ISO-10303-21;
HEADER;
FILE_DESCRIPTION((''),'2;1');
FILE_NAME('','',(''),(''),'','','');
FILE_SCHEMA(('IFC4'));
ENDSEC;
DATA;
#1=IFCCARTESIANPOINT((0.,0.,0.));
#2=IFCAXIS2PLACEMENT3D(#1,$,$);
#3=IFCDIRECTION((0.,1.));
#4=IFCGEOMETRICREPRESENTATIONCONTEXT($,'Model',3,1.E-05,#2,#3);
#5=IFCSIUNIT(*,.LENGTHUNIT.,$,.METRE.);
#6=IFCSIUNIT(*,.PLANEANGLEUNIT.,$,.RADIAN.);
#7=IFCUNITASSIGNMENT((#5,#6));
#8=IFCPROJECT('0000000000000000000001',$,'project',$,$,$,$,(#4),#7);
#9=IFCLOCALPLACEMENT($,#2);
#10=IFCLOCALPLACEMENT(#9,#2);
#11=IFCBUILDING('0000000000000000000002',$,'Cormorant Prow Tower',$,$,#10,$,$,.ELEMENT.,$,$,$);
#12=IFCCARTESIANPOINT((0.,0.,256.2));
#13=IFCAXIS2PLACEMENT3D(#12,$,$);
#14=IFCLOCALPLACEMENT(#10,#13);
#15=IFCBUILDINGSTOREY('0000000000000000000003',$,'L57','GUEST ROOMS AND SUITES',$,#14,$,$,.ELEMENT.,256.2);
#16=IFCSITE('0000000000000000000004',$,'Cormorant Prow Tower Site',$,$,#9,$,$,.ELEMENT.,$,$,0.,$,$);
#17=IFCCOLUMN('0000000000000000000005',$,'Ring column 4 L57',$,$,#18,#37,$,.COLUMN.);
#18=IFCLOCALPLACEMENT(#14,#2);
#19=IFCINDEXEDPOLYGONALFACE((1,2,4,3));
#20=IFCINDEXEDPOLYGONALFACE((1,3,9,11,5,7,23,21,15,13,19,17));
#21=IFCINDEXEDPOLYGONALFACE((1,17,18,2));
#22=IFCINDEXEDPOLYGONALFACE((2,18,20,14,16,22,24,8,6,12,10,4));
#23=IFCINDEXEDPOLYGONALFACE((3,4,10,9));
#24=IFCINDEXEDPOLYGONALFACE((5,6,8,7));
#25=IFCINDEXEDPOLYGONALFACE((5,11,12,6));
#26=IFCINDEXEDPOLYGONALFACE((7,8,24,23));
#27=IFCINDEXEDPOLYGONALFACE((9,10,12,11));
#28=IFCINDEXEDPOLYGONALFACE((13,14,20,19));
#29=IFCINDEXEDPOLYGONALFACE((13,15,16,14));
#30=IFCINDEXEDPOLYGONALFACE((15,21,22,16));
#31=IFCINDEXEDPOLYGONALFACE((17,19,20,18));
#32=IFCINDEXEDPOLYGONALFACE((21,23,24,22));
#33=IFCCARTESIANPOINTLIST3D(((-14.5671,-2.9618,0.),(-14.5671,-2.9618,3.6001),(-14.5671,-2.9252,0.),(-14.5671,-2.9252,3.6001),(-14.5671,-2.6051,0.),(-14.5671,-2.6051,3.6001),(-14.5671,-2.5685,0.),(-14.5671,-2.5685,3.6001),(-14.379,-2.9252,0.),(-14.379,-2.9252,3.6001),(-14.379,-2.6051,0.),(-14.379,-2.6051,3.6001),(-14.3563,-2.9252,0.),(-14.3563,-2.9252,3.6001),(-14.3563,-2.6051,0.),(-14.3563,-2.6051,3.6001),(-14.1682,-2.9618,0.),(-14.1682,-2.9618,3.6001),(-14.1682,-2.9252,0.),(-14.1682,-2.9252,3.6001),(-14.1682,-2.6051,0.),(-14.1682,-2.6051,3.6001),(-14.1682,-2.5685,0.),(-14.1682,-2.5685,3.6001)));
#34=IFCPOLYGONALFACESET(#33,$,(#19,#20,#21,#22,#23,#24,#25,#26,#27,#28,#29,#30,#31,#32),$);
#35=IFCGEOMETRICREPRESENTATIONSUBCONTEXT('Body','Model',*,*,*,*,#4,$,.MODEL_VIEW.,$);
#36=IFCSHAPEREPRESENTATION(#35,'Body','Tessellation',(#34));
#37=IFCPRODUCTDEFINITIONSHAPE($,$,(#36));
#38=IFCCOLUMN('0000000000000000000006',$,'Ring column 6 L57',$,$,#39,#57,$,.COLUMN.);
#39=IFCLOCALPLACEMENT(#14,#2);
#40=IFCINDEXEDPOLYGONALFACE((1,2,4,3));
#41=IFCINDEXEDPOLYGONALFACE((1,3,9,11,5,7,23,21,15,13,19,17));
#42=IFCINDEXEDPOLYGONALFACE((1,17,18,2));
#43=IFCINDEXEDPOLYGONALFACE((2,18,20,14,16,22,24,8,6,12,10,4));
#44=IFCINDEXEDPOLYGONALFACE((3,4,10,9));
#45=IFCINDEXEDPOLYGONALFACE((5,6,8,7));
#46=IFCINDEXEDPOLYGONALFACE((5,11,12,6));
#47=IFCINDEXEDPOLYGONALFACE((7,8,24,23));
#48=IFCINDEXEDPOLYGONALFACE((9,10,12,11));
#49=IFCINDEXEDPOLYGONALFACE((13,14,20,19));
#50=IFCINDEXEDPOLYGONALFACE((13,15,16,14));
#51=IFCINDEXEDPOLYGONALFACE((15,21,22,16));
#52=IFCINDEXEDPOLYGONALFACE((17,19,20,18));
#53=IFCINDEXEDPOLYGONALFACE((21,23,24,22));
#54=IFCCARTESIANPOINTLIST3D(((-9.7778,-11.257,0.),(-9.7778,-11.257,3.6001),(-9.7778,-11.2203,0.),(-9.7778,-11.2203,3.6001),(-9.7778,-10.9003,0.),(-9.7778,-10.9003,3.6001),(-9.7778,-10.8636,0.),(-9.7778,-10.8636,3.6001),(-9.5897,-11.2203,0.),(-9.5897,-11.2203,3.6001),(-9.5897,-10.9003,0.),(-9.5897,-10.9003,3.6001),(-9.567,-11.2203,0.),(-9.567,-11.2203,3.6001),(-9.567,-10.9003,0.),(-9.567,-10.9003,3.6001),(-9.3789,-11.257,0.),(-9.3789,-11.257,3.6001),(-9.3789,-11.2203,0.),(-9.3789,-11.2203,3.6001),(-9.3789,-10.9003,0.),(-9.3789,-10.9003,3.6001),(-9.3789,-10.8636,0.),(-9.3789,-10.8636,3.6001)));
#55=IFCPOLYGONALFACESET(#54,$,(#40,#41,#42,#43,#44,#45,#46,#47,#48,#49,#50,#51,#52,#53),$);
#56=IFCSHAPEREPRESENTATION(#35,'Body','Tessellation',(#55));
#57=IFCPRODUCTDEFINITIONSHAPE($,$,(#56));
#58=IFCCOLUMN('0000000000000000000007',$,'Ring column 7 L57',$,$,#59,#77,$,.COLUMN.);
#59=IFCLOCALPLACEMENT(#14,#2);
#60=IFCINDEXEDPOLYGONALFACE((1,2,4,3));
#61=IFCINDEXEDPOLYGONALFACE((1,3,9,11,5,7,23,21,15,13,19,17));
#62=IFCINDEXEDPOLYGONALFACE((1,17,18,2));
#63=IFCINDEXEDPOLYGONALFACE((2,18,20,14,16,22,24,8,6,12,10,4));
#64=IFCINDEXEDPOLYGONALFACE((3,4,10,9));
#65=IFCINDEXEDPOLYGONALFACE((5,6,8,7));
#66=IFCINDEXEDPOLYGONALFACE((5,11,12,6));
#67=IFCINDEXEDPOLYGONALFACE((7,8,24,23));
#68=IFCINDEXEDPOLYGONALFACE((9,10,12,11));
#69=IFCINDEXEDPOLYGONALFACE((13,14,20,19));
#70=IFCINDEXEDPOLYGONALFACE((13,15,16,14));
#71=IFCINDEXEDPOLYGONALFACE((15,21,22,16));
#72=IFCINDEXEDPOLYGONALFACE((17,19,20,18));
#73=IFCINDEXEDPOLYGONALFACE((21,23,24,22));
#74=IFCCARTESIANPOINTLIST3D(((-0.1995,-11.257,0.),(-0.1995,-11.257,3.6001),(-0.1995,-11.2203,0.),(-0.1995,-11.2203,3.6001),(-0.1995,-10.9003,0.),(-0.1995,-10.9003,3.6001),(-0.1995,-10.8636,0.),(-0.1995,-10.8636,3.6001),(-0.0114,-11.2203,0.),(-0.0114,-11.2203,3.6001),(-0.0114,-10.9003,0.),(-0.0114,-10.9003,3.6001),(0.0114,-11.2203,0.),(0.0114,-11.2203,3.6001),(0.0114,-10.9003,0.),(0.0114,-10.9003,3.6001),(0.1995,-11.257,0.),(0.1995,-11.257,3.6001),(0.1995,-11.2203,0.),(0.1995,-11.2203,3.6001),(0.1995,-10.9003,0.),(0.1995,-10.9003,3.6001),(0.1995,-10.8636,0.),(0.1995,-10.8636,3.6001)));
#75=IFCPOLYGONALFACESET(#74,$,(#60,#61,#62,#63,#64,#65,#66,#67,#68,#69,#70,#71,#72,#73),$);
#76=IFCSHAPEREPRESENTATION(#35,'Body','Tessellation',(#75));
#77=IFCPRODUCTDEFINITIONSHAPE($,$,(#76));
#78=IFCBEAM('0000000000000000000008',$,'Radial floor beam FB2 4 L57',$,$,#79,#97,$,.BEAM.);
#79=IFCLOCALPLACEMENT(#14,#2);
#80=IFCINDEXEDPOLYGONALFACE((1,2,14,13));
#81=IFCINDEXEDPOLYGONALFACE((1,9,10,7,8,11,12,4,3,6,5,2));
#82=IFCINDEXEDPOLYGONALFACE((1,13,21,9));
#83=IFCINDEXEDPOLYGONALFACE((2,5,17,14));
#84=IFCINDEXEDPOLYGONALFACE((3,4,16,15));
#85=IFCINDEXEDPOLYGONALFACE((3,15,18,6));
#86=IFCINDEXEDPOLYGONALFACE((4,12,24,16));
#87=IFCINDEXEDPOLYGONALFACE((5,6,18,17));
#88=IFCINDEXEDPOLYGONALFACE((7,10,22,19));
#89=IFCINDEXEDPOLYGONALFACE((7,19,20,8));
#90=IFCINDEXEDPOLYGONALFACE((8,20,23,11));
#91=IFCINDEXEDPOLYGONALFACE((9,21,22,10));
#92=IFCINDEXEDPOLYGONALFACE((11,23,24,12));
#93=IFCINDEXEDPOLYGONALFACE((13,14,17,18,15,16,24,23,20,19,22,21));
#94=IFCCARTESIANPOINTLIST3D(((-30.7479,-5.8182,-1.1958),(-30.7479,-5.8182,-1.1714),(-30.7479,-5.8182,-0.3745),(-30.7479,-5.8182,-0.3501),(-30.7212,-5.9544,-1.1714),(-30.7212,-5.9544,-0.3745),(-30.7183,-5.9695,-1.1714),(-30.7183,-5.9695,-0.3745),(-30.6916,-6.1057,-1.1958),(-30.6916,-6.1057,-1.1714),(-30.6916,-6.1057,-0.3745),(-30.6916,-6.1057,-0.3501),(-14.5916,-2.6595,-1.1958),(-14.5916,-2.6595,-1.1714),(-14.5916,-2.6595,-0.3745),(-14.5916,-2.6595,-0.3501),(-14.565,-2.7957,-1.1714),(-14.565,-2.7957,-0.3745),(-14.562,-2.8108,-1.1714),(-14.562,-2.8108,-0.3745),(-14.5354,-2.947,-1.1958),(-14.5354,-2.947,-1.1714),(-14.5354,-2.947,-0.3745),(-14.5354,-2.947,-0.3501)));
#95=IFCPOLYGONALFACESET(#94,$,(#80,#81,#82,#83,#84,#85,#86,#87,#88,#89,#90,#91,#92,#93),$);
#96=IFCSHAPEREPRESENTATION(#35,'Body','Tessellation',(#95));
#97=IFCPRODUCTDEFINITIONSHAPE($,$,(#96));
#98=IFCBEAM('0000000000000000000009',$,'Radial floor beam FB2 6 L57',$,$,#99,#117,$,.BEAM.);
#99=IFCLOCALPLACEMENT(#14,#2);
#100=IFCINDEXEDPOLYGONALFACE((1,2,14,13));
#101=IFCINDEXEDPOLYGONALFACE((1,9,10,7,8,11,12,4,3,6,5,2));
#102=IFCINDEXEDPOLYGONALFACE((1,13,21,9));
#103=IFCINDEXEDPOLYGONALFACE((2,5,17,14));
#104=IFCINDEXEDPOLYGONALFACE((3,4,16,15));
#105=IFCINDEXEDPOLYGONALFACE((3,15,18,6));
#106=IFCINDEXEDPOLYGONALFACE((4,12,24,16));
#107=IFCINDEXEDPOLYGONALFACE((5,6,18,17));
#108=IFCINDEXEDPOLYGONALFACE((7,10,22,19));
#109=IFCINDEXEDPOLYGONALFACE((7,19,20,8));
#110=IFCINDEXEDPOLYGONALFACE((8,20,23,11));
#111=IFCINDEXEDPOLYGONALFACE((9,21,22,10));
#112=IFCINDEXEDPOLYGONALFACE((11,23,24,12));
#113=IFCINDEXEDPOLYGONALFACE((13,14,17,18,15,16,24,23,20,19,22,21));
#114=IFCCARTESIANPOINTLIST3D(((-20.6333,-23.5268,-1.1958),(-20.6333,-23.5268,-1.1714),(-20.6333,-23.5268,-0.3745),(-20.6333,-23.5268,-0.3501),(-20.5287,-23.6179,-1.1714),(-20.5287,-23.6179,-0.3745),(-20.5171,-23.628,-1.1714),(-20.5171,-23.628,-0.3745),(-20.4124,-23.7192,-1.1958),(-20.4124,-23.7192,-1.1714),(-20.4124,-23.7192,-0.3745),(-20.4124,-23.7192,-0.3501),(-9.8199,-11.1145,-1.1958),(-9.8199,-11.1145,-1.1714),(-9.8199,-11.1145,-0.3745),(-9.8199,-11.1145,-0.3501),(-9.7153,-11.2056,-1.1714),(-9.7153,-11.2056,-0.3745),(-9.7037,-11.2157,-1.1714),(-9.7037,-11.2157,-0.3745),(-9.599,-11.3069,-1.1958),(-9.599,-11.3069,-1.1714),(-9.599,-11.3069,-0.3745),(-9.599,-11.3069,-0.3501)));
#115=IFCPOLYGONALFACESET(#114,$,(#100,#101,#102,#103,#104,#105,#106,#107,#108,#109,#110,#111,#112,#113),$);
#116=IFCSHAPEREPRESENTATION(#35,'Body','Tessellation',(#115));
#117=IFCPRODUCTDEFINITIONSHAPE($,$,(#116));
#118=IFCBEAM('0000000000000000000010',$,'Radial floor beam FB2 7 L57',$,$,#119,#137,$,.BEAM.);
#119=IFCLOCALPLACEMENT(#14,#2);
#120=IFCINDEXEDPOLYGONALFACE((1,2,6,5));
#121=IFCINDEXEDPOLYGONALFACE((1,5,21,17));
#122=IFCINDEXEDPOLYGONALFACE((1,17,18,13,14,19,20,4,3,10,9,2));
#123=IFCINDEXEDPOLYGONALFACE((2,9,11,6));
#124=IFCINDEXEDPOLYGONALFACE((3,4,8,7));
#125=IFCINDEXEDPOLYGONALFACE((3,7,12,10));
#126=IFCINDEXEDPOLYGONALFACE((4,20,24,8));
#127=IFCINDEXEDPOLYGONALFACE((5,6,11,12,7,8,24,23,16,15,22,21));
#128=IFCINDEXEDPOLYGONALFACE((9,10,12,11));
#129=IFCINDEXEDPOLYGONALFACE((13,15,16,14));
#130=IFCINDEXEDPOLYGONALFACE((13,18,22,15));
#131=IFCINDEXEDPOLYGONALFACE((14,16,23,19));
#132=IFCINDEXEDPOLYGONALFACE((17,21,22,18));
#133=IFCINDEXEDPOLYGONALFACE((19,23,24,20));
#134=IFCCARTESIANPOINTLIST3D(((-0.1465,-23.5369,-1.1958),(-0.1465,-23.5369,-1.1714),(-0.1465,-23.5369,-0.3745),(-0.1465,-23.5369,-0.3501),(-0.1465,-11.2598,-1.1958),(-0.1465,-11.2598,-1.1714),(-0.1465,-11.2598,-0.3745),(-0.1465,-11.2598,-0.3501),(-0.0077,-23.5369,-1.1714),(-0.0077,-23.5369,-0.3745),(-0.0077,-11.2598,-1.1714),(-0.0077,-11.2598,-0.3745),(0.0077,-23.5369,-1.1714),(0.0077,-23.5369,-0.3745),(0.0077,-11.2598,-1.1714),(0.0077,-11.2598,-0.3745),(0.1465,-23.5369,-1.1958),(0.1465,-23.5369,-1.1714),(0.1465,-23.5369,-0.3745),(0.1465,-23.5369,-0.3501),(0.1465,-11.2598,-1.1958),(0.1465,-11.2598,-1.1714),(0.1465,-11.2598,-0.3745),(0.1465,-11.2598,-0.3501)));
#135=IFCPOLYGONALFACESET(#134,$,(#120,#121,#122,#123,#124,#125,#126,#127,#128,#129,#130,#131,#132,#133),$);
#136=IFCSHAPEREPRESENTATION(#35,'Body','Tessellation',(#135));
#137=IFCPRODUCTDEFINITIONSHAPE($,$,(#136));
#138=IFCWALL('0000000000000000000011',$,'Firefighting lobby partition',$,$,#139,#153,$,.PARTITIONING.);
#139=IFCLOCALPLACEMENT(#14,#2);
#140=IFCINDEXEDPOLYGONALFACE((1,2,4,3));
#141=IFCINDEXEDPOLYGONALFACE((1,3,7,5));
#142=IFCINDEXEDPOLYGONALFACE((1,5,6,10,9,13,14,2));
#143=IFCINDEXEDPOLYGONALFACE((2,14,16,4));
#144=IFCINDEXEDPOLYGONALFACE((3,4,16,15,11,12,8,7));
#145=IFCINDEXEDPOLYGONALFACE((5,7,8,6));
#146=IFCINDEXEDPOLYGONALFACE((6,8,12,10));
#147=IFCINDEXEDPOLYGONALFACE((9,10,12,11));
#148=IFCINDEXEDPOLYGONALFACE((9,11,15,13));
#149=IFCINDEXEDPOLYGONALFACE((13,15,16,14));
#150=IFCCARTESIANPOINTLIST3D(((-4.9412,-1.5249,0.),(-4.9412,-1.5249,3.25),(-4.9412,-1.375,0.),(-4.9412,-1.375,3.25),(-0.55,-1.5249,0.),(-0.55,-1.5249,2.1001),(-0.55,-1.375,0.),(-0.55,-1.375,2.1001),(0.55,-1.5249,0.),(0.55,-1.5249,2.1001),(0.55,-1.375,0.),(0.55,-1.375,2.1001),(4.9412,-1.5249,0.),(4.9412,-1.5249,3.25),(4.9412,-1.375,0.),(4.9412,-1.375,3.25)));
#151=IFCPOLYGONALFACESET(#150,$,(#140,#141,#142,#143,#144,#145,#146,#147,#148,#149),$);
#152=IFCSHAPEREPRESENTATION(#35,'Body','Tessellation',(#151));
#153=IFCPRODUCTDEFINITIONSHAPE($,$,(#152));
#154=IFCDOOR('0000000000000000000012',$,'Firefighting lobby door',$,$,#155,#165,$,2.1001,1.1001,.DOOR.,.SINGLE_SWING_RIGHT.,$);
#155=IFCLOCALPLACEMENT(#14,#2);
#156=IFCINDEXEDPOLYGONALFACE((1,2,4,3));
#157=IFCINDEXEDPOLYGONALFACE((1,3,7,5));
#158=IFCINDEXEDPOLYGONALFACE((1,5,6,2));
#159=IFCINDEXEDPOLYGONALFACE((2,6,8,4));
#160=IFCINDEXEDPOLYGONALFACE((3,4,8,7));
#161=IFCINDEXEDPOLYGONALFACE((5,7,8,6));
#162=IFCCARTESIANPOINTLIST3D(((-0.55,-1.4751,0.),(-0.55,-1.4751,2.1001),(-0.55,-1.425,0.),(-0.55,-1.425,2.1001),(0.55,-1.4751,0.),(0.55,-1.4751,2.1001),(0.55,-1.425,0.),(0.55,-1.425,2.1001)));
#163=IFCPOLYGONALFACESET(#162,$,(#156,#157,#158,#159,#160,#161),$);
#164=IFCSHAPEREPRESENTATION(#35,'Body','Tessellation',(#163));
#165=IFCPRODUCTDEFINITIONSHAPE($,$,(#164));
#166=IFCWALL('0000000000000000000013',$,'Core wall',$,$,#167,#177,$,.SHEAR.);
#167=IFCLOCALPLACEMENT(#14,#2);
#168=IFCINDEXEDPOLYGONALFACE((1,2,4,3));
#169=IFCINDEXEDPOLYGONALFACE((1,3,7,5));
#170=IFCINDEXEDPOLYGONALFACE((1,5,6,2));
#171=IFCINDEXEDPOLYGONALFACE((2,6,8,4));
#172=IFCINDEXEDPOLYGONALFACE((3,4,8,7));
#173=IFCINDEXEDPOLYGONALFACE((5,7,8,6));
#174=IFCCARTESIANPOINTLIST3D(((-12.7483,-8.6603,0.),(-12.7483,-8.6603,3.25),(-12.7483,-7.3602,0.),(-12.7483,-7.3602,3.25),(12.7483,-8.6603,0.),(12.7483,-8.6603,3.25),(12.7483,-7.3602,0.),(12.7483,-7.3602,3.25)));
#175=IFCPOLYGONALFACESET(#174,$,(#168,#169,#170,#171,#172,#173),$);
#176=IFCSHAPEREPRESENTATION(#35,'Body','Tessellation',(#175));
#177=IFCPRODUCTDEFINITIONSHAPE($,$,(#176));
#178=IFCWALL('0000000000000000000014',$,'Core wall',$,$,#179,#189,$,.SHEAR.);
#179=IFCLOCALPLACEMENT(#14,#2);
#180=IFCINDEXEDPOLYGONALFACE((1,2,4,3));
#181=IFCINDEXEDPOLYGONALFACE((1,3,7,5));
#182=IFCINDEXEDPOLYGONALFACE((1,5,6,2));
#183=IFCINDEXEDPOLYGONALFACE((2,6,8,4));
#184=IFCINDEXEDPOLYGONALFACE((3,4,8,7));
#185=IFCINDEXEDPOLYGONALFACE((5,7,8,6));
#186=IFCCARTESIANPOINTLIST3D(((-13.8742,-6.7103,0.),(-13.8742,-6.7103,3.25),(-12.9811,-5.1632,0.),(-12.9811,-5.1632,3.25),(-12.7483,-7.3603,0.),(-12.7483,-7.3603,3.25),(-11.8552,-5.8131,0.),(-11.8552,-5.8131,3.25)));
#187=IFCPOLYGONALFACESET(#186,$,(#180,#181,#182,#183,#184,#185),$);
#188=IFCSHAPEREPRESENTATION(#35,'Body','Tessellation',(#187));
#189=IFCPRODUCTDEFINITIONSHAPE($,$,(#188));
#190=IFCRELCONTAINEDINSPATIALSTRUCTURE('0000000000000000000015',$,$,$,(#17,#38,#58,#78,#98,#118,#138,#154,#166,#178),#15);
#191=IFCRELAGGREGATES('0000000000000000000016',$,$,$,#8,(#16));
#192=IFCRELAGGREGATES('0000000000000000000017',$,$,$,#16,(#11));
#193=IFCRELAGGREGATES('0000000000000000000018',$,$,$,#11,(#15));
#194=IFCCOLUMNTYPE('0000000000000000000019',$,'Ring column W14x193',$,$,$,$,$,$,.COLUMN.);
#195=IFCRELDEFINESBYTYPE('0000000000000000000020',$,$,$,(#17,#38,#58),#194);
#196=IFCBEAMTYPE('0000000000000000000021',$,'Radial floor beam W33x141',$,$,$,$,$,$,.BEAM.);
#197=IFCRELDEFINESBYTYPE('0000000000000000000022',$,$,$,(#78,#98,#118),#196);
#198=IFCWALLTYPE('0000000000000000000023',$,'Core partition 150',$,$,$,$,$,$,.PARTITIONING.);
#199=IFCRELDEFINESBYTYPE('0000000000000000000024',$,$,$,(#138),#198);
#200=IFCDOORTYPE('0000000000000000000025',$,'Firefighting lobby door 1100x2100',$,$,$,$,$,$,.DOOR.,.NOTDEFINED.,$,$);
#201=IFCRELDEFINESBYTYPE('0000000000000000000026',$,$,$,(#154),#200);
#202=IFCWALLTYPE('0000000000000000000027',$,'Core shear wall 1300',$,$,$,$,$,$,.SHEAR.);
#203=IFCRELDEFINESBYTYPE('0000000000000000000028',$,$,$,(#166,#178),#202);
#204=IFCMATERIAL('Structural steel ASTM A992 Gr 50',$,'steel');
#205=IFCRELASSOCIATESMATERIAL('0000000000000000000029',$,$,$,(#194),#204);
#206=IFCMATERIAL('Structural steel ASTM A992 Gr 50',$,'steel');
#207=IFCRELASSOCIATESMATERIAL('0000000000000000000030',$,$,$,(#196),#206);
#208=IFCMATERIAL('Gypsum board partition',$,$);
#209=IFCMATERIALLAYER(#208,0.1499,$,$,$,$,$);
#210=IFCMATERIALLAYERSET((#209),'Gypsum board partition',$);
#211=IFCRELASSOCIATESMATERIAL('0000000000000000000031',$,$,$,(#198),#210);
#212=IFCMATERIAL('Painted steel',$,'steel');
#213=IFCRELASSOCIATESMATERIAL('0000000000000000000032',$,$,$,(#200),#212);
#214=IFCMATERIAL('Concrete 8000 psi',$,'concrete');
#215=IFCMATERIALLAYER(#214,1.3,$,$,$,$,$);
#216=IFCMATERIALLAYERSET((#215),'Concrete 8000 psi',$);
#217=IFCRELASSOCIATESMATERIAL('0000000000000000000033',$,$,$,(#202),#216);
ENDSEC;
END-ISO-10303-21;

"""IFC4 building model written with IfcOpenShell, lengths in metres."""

from ifc_helpers import new_model, si_unit, direction, frame, frame_2d, origin, origin_2d, place, context, subcontext, project, spatial, rectangle, i_section, extrude, material, layer, layer_set, material_profile, profile_set, type_object, element, fill, save


model = new_model("IFC4")

# Units and contexts
model_context = context("Model", 3, precision=1e-05, world=origin(), true_north=direction((0.0, 1.0)))
body_context = subcontext(model_context, "Body", "Model", "MODEL_VIEW")
ifc_project = project(units=[si_unit("LENGTHUNIT", "METRE"), si_unit("PLANEANGLEUNIT", "RADIAN")], contexts=[model_context])

# Site, building, storey
site_placement = place(None, origin())
site = spatial("IfcSite", under=ifc_project, at=site_placement, Name="Cormorant Prow Tower Site", CompositionType="ELEMENT", RefElevation=0.0)
building_placement = place(site_placement, origin())
building = spatial("IfcBuilding", under=site, at=building_placement, Name="Cormorant Prow Tower", CompositionType="ELEMENT")
storey_placement = place(building_placement, frame((0.0, 0.0, 256.2)))
storey = spatial("IfcBuildingStorey", under=building, at=storey_placement, Name="L57", Description="GUEST ROOMS AND SUITES", CompositionType="ELEMENT", Elevation=256.2)

# Columns
ifc_material_1 = material(Name="Structural steel ASTM A992 Gr 50", Category="steel")
ifc_material_profile_1 = material_profile(ifc_material_1, i_section(OverallWidth=0.3989, OverallDepth=0.3933, WebThickness=0.0227, FlangeThickness=0.0366, at=origin_2d()), Name="W14x193")
ifc_profile_set_1 = profile_set([ifc_material_profile_1], Name="Structural steel ASTM A992 Gr 50")
column_type = type_object("IfcColumnType", Name="Ring column W14x193", PredefinedType="COLUMN", material=ifc_profile_set_1)
for number, where, z_axis, x_axis, name in (
    (1, (-14.3677, -2.7651, 0.0), (0.0, 0.0, 1.0), (1.0, 0.0, 0.0), "Ring column 4 L57"),
    (2, (-9.5784, -11.0603, 0.0), (0.0, 0.0, 1.0), (1.0, 0.0, 0.0), "Ring column 6 L57"),
    (3, (0.0, -11.0603, 0.0), (0.0, 0.0, 1.0), (1.0, 0.0, 0.0), "Ring column 7 L57"),
):
    element("IfcColumn", number, at=place(storey_placement, frame(where, z_axis=z_axis, x_axis=x_axis)), inside=storey, type_object=column_type, Name=name, PredefinedType="COLUMN", context=body_context, shape_type="SweptSolid", body=[
        extrude(i_section(OverallWidth=0.3989, OverallDepth=0.3933, WebThickness=0.0227, FlangeThickness=0.0366, at=origin_2d()), origin(), (0.0, 0.0, 1.0), 3.6001),
    ])

# Beams
ifc_material_2 = material(Name="Structural steel ASTM A992 Gr 50", Category="steel")
ifc_material_profile_2 = material_profile(ifc_material_2, i_section(OverallWidth=0.293, OverallDepth=0.8457, WebThickness=0.0154, FlangeThickness=0.0244, at=origin_2d()), Name="W33x141")
ifc_profile_set_2 = profile_set([ifc_material_profile_2], Name="Structural steel ASTM A992 Gr 50")
beam_type = type_object("IfcBeamType", Name="Radial floor beam W33x141", PredefinedType="BEAM", material=ifc_profile_set_2)
beam_1_placement = place(storey_placement, frame((-14.5635, -2.8032, -0.7729), z_axis=(-0.981419, -0.191876, 0.0), x_axis=(0.191876, -0.981419, 0.0)))
element("IfcBeam", 4, at=beam_1_placement, inside=storey, type_object=beam_type, Name="Radial floor beam FB2 4 L57", PredefinedType="BEAM", context=body_context, shape_type="SweptSolid", body=[
    extrude(i_section(OverallWidth=0.293, OverallDepth=0.8457, WebThickness=0.0154, FlangeThickness=0.0244, at=origin_2d()), origin(), (0.0, 0.0, 1.0), 16.4622),
])
beam_2_placement = place(storey_placement, frame((-9.7095, -11.2107, -0.7729), z_axis=(-0.656875, -0.754, 0.0), x_axis=(0.754, -0.656875, 0.0)))
element("IfcBeam", 5, at=beam_2_placement, inside=storey, type_object=beam_type, Name="Radial floor beam FB2 6 L57", PredefinedType="BEAM", context=body_context, shape_type="SweptSolid", body=[
    extrude(i_section(OverallWidth=0.293, OverallDepth=0.8457, WebThickness=0.0154, FlangeThickness=0.0244, at=origin_2d()), origin(), (0.0, 0.0, 1.0), 16.4619),
])
beam_3_placement = place(storey_placement, frame((0.0, -11.2598, -0.7729), z_axis=(0.0, -1.0, 0.0), x_axis=(1.0, 0.0, 0.0)))
element("IfcBeam", 6, at=beam_3_placement, inside=storey, type_object=beam_type, Name="Radial floor beam FB2 7 L57", PredefinedType="BEAM", context=body_context, shape_type="SweptSolid", body=[
    extrude(i_section(OverallWidth=0.293, OverallDepth=0.8457, WebThickness=0.0154, FlangeThickness=0.0244, at=origin_2d()), origin(), (0.0, 0.0, 1.0), 12.2771),
])

# Wall, opening, door
ifc_material_3 = material(Name="Gypsum board partition")
ifc_layer_1 = layer(ifc_material_3, 0.1499)
ifc_layer_set_1 = layer_set([ifc_layer_1], Name="Gypsum board partition")
wall_type_1 = type_object("IfcWallType", Name="Core partition 150", PredefinedType="PARTITIONING", material=ifc_layer_set_1)
wall_1_placement = place(storey_placement, frame((-4.9412, -1.45, 0.0), z_axis=(0.0, 0.0, 1.0), x_axis=(1.0, 0.0, 0.0)))
wall_1 = element("IfcWall", 7, at=wall_1_placement, inside=storey, type_object=wall_type_1, Name="Firefighting lobby partition", PredefinedType="PARTITIONING", context=body_context, shape_type="SweptSolid", body=[
    extrude(rectangle(XDim=9.8823, YDim=0.1499, at=frame_2d((4.9412, 0.0))), origin(), (0.0, 0.0, 1.0), 3.25),
])
opening_1_placement = place(wall_1_placement, frame((4.3911, 0.0, 0.0)))
opening_1 = element("IfcOpeningElement", 8, at=opening_1_placement, cuts=wall_1, PredefinedType="OPENING", context=body_context, shape_type="SweptSolid", body=[
    extrude(rectangle(XDim=1.1001, YDim=2.1001, at=frame_2d((0.55, 1.05))), frame((0.0, 0.085, 0.0), z_axis=(0.0, -1.0, 0.0), x_axis=(1.0, 0.0, 0.0)), (0.0, 0.0, 1.0), 0.1699),
])
ifc_material_4 = material(Name="Painted steel", Category="steel")
door_type_1 = type_object("IfcDoorType", Name="Firefighting lobby door 1100x2100", OperationType="NOTDEFINED", PredefinedType="DOOR", material=ifc_material_4)
door_1_placement = place(opening_1_placement, origin())
door_1 = element("IfcDoor", 9, at=door_1_placement, inside=storey, type_object=door_type_1, Name="Firefighting lobby door", OperationType="SINGLE_SWING_RIGHT", OverallHeight=2.1001, OverallWidth=1.1001, PredefinedType="DOOR", context=body_context, shape_type="SweptSolid", body=[
    extrude(rectangle(XDim=1.1001, YDim=2.1001, at=frame_2d((0.55, 1.05))), frame((0.0, 0.0249, 0.0), z_axis=(0.0, -1.0, 0.0), x_axis=(1.0, 0.0, 0.0)), (0.0, 0.0, 1.0), 0.05),
])
fill(opening_1, door_1)

# Walls
ifc_material_5 = material(Name="Concrete 8000 psi", Category="concrete")
ifc_layer_2 = layer(ifc_material_5, 1.3)
ifc_layer_set_2 = layer_set([ifc_layer_2], Name="Concrete 8000 psi")
wall_type_2 = type_object("IfcWallType", Name="Core shear wall 1300", PredefinedType="SHEAR", material=ifc_layer_set_2)
wall_2_placement = place(storey_placement, frame((-12.7483, -8.0103, 0.0), z_axis=(0.0, 0.0, 1.0), x_axis=(1.0, 0.0, 0.0)))
element("IfcWall", 10, at=wall_2_placement, inside=storey, type_object=wall_type_2, Name="Core wall", PredefinedType="SHEAR", context=body_context, shape_type="SweptSolid", body=[
    extrude(rectangle(XDim=25.4966, YDim=1.3, at=frame_2d((12.7483, 0.0))), origin(), (0.0, 0.0, 1.0), 3.25),
])
wall_3_placement = place(storey_placement, frame((-12.4182, -5.4883, 0.0), z_axis=(0.0, 0.0, 1.0), x_axis=(-0.499931, -0.866065, 0.0)))
element("IfcWall", 11, at=wall_3_placement, inside=storey, type_object=wall_type_2, Name="Core wall", PredefinedType="SHEAR", context=body_context, shape_type="SweptSolid", body=[
    extrude(rectangle(XDim=1.7864, YDim=1.3, at=frame_2d((0.8931, 0.0))), origin(), (0.0, 0.0, 1.0), 3.25),
])

save(model, "model.ifc")
